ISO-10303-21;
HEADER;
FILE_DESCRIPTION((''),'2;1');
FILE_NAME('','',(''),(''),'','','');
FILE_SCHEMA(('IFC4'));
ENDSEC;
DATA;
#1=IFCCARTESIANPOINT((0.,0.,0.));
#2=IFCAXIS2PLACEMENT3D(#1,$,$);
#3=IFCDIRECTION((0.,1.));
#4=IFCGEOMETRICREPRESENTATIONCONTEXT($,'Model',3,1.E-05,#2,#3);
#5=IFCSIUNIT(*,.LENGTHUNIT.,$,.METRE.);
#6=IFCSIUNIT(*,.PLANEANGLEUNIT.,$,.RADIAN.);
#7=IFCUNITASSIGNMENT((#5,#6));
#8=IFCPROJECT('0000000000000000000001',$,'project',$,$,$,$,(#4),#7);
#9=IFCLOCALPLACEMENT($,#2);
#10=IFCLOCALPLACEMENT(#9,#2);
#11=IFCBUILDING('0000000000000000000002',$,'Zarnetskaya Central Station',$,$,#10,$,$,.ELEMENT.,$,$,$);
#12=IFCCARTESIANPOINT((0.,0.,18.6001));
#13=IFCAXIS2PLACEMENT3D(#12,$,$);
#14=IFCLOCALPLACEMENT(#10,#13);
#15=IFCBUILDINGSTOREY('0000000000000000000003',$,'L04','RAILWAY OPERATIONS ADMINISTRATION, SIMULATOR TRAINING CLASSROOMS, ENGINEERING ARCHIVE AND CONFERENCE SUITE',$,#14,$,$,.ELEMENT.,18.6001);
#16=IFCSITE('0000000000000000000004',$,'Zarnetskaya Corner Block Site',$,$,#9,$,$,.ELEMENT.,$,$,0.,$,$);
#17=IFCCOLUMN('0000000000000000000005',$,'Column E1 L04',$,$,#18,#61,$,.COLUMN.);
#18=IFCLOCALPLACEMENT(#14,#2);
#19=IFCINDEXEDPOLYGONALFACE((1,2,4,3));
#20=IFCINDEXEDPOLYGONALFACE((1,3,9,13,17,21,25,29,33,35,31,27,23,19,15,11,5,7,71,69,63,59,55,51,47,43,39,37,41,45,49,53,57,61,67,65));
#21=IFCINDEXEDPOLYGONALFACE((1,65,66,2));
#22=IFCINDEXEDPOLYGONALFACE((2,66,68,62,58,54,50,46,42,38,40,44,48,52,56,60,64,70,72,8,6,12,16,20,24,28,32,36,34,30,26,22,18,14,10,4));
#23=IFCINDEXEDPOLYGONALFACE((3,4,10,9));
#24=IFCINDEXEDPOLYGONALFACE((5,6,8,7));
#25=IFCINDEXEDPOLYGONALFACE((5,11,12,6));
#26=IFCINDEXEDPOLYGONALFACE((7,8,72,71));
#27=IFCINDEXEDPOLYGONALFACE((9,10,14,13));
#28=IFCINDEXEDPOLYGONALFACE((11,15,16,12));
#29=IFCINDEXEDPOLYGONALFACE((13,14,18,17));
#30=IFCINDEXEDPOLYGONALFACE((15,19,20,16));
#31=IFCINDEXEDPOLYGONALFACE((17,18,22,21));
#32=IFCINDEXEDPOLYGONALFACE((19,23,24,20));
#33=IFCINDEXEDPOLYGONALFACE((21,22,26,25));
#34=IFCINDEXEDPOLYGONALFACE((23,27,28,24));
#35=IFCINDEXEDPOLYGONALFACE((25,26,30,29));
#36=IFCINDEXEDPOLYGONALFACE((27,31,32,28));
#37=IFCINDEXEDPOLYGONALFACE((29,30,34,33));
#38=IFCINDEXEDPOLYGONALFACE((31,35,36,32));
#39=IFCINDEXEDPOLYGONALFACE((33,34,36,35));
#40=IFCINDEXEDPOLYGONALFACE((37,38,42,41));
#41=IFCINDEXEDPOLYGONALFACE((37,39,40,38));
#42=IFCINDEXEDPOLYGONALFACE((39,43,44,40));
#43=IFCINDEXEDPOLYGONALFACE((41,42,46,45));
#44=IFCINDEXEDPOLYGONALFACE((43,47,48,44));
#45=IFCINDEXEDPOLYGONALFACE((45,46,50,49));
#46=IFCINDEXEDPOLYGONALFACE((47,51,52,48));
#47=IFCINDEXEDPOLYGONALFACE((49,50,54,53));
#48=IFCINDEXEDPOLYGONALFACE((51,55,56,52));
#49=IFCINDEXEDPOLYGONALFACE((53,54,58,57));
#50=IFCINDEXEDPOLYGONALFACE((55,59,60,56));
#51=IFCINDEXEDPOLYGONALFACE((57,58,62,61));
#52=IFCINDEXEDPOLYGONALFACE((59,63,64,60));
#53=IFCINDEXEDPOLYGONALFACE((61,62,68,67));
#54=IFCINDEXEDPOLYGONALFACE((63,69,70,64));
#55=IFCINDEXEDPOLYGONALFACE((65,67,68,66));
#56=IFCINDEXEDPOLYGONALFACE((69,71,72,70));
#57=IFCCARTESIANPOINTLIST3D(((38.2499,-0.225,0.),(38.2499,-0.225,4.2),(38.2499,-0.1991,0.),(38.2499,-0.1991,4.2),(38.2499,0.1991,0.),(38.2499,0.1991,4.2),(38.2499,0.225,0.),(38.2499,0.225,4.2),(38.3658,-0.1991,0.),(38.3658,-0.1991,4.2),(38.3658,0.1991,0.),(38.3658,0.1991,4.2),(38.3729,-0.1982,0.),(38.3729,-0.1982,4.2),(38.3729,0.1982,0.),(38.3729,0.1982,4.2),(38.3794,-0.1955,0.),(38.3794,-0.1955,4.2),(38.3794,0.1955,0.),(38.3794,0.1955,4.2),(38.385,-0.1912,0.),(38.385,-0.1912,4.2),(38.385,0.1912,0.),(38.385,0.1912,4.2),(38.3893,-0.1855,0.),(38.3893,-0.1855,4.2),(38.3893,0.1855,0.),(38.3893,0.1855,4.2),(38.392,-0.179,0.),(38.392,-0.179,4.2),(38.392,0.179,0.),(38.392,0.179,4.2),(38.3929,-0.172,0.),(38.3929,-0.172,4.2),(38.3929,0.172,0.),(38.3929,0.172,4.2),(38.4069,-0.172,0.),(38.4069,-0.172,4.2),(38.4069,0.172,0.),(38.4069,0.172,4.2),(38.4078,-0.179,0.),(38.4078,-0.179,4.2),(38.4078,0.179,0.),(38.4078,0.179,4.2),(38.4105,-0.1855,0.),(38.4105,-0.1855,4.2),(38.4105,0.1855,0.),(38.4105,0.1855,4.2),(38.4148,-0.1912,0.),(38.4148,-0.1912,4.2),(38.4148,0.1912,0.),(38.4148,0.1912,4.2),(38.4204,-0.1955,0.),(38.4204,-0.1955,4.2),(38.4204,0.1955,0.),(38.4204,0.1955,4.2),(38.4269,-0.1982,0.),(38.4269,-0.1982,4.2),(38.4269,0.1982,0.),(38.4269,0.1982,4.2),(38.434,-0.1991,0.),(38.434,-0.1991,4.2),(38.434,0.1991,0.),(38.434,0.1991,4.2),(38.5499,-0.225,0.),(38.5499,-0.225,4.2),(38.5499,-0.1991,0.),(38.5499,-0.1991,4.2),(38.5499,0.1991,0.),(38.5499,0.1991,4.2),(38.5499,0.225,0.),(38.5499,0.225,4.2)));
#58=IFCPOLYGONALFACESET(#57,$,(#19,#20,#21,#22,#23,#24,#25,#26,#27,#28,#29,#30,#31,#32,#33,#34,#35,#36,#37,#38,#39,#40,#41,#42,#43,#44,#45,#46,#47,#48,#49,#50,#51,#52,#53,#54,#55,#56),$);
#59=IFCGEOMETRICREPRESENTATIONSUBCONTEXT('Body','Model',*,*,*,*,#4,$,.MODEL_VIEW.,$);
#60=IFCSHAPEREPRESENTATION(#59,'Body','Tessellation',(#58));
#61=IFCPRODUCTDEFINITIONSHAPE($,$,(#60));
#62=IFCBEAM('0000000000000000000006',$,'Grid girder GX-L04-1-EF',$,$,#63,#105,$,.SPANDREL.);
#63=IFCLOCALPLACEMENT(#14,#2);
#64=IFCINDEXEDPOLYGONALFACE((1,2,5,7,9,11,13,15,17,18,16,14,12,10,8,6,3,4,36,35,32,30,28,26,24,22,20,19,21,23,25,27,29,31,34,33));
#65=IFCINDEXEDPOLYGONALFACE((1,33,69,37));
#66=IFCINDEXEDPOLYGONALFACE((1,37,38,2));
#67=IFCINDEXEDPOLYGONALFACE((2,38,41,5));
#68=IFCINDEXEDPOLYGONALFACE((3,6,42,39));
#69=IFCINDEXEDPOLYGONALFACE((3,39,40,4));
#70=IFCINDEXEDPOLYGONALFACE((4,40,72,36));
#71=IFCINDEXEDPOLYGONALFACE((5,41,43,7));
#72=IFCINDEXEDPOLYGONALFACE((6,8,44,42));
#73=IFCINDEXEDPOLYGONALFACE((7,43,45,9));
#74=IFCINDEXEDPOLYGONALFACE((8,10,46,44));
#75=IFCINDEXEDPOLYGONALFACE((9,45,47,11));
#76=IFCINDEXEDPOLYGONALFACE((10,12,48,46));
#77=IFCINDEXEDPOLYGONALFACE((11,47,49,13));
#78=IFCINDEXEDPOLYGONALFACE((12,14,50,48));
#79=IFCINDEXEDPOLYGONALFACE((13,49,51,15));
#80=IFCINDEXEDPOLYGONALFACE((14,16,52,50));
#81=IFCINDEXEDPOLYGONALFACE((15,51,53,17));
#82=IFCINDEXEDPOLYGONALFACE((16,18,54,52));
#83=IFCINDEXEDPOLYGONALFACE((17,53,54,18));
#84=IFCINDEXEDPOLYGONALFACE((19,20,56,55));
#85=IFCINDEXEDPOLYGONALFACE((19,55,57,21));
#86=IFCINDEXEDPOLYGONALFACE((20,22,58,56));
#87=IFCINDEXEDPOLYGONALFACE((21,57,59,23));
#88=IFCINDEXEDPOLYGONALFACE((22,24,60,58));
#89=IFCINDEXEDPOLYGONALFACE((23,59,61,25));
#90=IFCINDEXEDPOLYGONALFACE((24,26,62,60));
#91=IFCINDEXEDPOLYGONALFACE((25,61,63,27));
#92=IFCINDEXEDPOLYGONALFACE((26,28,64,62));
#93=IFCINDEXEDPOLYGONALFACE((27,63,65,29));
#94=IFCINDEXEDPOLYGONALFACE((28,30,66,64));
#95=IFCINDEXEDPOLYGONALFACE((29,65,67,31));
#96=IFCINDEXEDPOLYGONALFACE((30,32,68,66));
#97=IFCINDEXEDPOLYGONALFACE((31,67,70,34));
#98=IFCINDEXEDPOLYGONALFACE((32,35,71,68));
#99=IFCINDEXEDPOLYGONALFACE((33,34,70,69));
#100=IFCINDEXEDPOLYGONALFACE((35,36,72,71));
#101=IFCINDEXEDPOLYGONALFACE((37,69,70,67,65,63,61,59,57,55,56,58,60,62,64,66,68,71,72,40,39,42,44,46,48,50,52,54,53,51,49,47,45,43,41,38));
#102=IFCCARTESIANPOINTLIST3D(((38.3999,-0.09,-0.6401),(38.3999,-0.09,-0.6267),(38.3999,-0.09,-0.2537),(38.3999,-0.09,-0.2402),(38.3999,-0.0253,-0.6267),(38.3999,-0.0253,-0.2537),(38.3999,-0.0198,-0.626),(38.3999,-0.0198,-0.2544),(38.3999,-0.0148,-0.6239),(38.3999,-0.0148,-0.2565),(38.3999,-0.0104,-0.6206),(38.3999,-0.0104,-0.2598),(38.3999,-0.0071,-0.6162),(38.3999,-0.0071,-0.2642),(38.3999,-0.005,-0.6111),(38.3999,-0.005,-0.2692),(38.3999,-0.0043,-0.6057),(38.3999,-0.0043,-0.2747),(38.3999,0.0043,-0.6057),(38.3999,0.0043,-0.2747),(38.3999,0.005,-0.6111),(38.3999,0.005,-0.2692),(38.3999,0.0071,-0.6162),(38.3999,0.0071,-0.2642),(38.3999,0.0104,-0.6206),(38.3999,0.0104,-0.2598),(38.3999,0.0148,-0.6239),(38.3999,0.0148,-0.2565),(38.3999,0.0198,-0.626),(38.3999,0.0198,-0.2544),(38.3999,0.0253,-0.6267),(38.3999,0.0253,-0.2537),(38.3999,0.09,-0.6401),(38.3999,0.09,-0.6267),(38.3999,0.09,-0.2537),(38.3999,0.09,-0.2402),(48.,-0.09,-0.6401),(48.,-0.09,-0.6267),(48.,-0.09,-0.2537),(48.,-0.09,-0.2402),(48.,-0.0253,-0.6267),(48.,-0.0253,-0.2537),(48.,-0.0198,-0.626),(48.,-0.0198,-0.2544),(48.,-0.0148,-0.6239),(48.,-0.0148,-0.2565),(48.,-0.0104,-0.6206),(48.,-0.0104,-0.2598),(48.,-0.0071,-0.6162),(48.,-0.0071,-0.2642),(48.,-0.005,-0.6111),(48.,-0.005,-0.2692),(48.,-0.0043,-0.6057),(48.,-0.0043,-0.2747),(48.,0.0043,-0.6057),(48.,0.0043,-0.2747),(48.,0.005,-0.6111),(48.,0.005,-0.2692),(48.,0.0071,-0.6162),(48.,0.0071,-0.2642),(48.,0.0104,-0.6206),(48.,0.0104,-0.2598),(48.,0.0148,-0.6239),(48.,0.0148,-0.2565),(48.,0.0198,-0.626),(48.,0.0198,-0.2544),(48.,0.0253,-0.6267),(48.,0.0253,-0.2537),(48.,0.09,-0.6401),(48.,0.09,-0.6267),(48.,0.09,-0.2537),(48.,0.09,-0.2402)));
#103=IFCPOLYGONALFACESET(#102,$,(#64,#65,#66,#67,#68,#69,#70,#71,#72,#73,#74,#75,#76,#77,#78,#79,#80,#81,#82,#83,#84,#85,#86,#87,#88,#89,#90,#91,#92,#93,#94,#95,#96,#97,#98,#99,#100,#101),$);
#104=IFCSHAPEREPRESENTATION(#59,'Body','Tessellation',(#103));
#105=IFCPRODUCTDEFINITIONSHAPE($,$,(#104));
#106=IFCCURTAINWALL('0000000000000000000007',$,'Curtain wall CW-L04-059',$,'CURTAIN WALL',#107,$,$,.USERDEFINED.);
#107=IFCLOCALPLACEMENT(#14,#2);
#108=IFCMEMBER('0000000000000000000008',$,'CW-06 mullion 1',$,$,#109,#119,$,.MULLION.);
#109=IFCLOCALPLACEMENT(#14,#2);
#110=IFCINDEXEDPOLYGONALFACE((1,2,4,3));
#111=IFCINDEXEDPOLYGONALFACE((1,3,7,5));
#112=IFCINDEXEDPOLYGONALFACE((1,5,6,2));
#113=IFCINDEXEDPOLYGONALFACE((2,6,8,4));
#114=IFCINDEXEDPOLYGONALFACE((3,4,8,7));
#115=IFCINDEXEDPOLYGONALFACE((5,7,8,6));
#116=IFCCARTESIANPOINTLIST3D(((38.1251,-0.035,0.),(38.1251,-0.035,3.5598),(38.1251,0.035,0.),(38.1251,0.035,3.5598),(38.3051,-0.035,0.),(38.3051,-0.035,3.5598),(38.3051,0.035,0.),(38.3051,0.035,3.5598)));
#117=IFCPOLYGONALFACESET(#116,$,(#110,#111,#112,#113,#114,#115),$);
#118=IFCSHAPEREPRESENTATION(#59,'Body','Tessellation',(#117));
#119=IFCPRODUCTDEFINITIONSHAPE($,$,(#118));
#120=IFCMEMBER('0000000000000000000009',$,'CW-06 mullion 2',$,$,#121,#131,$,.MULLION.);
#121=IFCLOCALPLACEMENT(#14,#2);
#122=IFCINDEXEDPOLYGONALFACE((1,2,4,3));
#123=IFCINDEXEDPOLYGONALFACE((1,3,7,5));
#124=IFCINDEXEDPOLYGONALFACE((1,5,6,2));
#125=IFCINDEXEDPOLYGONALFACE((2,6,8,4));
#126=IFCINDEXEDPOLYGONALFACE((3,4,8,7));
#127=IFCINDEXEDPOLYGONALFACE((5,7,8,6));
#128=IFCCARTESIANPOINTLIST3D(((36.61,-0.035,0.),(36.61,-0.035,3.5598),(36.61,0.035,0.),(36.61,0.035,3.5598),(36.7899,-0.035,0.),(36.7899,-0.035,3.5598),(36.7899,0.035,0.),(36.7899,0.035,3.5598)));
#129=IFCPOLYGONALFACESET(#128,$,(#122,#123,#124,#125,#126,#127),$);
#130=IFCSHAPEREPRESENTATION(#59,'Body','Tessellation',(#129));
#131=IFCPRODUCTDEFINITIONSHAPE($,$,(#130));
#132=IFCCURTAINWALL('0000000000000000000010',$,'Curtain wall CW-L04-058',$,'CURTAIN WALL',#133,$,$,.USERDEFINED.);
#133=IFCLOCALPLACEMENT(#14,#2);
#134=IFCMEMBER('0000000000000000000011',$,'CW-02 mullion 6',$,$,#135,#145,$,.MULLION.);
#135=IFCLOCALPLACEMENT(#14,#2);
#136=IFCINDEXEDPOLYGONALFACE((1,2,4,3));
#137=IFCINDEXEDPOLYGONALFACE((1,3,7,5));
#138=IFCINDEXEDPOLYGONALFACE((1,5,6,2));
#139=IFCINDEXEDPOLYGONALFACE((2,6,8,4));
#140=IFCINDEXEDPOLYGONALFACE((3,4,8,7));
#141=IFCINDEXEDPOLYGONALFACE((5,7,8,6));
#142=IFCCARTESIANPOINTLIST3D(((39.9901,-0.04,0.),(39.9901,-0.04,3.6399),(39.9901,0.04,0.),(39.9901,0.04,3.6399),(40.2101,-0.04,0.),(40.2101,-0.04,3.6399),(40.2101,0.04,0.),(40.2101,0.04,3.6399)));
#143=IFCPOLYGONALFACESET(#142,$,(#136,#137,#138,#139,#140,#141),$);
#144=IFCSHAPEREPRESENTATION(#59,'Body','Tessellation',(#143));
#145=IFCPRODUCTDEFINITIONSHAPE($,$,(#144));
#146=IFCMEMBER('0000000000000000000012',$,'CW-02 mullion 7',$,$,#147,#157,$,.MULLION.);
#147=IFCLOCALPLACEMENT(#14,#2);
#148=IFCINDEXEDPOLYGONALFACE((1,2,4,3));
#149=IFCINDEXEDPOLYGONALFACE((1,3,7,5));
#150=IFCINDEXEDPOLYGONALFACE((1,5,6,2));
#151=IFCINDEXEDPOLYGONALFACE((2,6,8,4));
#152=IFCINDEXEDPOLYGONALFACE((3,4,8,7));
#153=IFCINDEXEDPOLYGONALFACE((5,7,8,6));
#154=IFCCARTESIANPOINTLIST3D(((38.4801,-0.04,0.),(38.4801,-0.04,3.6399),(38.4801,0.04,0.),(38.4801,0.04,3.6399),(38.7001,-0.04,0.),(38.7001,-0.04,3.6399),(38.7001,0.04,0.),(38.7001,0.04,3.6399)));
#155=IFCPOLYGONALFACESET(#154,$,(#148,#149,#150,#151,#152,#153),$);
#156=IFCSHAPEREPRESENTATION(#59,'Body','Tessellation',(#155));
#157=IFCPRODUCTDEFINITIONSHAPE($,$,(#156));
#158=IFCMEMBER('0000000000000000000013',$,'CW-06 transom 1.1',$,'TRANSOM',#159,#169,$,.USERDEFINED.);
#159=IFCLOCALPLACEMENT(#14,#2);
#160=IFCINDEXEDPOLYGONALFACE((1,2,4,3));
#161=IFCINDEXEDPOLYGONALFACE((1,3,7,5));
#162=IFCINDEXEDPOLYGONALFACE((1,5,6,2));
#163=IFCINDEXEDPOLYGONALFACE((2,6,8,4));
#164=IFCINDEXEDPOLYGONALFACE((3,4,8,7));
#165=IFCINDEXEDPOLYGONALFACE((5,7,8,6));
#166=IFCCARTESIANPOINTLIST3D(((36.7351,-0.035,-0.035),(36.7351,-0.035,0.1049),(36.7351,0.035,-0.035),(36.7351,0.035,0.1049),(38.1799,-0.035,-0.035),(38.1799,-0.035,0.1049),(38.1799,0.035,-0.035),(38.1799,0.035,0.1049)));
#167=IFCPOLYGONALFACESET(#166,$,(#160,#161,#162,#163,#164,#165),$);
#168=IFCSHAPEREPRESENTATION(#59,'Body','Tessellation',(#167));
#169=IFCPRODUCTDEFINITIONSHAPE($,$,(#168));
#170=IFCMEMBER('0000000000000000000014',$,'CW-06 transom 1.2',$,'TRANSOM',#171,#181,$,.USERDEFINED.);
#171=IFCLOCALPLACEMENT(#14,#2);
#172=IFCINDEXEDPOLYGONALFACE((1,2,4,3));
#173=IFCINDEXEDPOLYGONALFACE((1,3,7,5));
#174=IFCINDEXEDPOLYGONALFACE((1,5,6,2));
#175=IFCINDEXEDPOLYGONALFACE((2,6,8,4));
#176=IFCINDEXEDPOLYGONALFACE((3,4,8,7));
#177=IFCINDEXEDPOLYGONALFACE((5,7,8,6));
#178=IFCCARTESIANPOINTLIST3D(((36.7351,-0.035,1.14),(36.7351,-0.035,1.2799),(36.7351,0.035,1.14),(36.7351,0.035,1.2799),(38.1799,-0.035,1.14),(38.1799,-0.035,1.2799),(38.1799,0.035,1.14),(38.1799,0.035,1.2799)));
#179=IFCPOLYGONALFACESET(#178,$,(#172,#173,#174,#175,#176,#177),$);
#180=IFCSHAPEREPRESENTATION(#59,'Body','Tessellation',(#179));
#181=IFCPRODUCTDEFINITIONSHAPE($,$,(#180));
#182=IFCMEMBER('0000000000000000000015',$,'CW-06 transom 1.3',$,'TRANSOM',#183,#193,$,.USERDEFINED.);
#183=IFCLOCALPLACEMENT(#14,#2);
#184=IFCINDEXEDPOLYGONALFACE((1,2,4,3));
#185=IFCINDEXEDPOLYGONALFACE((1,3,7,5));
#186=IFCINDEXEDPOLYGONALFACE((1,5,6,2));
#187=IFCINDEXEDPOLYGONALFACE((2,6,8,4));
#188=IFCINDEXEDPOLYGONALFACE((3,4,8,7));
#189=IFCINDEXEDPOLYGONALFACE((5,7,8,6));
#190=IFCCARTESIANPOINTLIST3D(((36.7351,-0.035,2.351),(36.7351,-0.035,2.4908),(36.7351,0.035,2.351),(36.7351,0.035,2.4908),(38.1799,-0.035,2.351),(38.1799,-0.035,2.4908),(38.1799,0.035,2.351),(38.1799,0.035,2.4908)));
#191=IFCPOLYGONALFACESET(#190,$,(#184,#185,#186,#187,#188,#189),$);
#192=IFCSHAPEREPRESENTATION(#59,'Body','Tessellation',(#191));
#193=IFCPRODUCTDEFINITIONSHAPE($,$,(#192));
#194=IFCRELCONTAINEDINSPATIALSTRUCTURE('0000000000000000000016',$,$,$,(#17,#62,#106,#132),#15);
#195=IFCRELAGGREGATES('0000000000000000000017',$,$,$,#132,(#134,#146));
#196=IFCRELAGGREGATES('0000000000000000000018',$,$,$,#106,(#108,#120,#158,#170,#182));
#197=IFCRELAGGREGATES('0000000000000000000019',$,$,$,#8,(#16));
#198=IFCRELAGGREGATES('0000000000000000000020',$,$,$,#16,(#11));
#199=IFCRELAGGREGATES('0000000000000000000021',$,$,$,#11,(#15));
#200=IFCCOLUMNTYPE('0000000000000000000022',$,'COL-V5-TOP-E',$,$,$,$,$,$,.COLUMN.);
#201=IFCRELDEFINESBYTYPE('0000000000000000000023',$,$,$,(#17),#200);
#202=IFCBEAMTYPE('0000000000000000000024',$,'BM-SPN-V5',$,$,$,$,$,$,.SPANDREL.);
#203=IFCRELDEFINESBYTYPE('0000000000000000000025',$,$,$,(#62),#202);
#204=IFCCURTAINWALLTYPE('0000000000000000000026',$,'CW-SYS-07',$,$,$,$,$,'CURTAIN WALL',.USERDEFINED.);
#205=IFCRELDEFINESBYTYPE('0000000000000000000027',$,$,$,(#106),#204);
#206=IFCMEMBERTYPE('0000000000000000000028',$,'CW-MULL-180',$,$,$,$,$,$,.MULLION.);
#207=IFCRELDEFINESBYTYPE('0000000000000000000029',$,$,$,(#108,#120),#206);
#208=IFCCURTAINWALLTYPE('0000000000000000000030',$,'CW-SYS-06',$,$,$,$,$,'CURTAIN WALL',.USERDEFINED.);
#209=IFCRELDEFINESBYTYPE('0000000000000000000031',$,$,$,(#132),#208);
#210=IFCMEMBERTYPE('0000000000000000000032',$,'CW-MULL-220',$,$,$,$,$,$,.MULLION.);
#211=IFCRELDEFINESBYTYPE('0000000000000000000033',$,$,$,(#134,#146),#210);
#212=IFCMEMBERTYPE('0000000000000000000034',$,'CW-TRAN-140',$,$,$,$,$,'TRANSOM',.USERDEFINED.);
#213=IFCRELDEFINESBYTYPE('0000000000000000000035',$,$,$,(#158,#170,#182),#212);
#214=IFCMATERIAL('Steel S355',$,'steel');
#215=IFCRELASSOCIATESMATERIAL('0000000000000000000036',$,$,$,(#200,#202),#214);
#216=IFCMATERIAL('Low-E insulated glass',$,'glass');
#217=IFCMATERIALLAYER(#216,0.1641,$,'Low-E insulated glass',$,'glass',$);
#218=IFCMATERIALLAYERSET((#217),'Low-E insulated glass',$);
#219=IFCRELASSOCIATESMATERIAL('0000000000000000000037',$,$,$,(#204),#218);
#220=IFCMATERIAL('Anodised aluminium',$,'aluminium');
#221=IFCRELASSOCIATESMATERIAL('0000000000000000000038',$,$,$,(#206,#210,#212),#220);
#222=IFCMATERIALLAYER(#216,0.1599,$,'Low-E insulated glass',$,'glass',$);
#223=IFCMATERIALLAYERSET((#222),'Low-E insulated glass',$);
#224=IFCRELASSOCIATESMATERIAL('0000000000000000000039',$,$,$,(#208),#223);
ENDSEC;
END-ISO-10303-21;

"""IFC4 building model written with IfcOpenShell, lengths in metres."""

from ifc_helpers import new_model, si_unit, direction, frame, origin, origin_2d, place, context, subcontext, project, spatial, rectangle, i_section, extrude, material, layer, layer_set, material_profile, profile_set, type_object, element, aggregate, save


model = new_model("IFC4")

# Units and contexts
model_context = context("Model", 3, precision=1e-05, world=origin(), true_north=direction((0.0, 1.0)))
body_context = subcontext(model_context, "Body", "Model", "MODEL_VIEW")
ifc_project = project(units=[si_unit("LENGTHUNIT", "METRE"), si_unit("PLANEANGLEUNIT", "RADIAN")], contexts=[model_context])

# Site, building, storey
site_placement = place(None, origin())
site = spatial("IfcSite", under=ifc_project, at=site_placement, Name="Zarnetskaya Corner Block Site", CompositionType="ELEMENT", RefElevation=0.0)
building_placement = place(site_placement, origin())
building = spatial("IfcBuilding", under=site, at=building_placement, Name="Zarnetskaya Central Station", CompositionType="ELEMENT")
storey_placement = place(building_placement, frame((0.0, 0.0, 18.6001)))
storey = spatial("IfcBuildingStorey", under=building, at=storey_placement, Name="L04", Description="RAILWAY OPERATIONS ADMINISTRATION, SIMULATOR TRAINING CLASSROOMS, ENGINEERING ARCHIVE AND CONFERENCE SUITE", CompositionType="ELEMENT", Elevation=18.6001)

# Column
ifc_material_1 = material(Name="Steel S355", Category="steel")
ifc_material_profile_1 = material_profile(ifc_material_1, i_section(OverallWidth=0.3, OverallDepth=0.45, WebThickness=0.0139, FlangeThickness=0.0259, FilletRadius=0.0271, at=origin_2d()), Name="HEB 450")
ifc_profile_set_1 = profile_set([ifc_material_profile_1], Name="Steel S355")
column_type = type_object("IfcColumnType", Name="COL-V5-TOP-E", PredefinedType="COLUMN", material=ifc_profile_set_1)
column_placement = place(storey_placement, frame((38.3999, 0.0, 0.0), z_axis=(0.0, 0.0, 1.0), x_axis=(1.0, 0.0, 0.0)))
element("IfcColumn", 1, at=column_placement, inside=storey, type_object=column_type, Name="Column E1 L04", PredefinedType="COLUMN", context=body_context, shape_type="SweptSolid", body=[
    extrude(i_section(OverallWidth=0.3, OverallDepth=0.45, WebThickness=0.0139, FlangeThickness=0.0259, FilletRadius=0.0271, at=origin_2d()), origin(), (0.0, 0.0, 1.0), 4.2),
])

# Beam
ifc_material_profile_2 = material_profile(ifc_material_1, i_section(OverallWidth=0.1799, OverallDepth=0.3999, WebThickness=0.0085, FlangeThickness=0.0134, FilletRadius=0.021, at=origin_2d()), Name="IPE 400")
ifc_profile_set_2 = profile_set([ifc_material_profile_2], Name="Steel S355")
beam_type_1 = type_object("IfcBeamType", Name="BM-SPN-V5", PredefinedType="SPANDREL", material=ifc_profile_set_2)
beam_1_placement = place(storey_placement, frame((38.3999, 0.0, -0.4402), z_axis=(1.0, 0.0, 0.0), x_axis=(0.0, 1.0, 0.0)))
element("IfcBeam", 2, at=beam_1_placement, inside=storey, type_object=beam_type_1, Name="Grid girder GX-L04-1-EF", PredefinedType="SPANDREL", context=body_context, shape_type="SweptSolid", body=[
    extrude(i_section(OverallWidth=0.1799, OverallDepth=0.3999, WebThickness=0.0085, FlangeThickness=0.0134, FilletRadius=0.021, at=origin_2d()), origin(), (0.0, 0.0, 1.0), 9.6001),
])

# Curtain walls, members
ifc_material_2 = material(Name="Low-E insulated glass", Category="glass")
ifc_layer_1 = layer(ifc_material_2, 0.1641, Name="Low-E insulated glass", Category="glass")
ifc_layer_set_1 = layer_set([ifc_layer_1], Name="Low-E insulated glass")
curtain_wall_type_1 = type_object("IfcCurtainWallType", Name="CW-SYS-07", ElementType="CURTAIN WALL", PredefinedType="USERDEFINED", material=ifc_layer_set_1)
curtain_wall_1_placement = place(storey_placement, origin())
curtain_wall_1 = element("IfcCurtainWall", 3, at=curtain_wall_1_placement, inside=storey, type_object=curtain_wall_type_1, Name="Curtain wall CW-L04-059", ObjectType="CURTAIN WALL", PredefinedType="USERDEFINED")
ifc_material_3 = material(Name="Anodised aluminium", Category="aluminium")
ifc_material_profile_3 = material_profile(ifc_material_3, rectangle(XDim=0.0701, YDim=0.1799, at=origin_2d()), Name="ALU MULL 70x180")
ifc_profile_set_3 = profile_set([ifc_material_profile_3], Name="Anodised aluminium")
member_type_1 = type_object("IfcMemberType", Name="CW-MULL-180", PredefinedType="MULLION", material=ifc_profile_set_3)
member_1_placement = place(storey_placement, frame((38.2151, 0.0, 0.0), z_axis=(0.0, 0.0, 1.0), x_axis=(0.0, -1.0, 0.0)))
member_1 = element("IfcMember", 4, at=member_1_placement, type_object=member_type_1, Name="CW-06 mullion 1", PredefinedType="MULLION", context=body_context, shape_type="SweptSolid", body=[
    extrude(rectangle(XDim=0.0701, YDim=0.1799, at=origin_2d()), origin(), (0.0, 0.0, 1.0), 3.5598),
])
member_2_placement = place(storey_placement, frame((36.7, 0.0, 0.0), z_axis=(0.0, 0.0, 1.0), x_axis=(0.0, -1.0, 0.0)))
member_2 = element("IfcMember", 5, at=member_2_placement, type_object=member_type_1, Name="CW-06 mullion 2", PredefinedType="MULLION", context=body_context, shape_type="SweptSolid", body=[
    extrude(rectangle(XDim=0.0701, YDim=0.1799, at=origin_2d()), origin(), (0.0, 0.0, 1.0), 3.5598),
])
ifc_layer_2 = layer(ifc_material_2, 0.1599, Name="Low-E insulated glass", Category="glass")
ifc_layer_set_2 = layer_set([ifc_layer_2], Name="Low-E insulated glass")
curtain_wall_type_2 = type_object("IfcCurtainWallType", Name="CW-SYS-06", ElementType="CURTAIN WALL", PredefinedType="USERDEFINED", material=ifc_layer_set_2)
curtain_wall_2_placement = place(storey_placement, origin())
curtain_wall_2 = element("IfcCurtainWall", 6, at=curtain_wall_2_placement, inside=storey, type_object=curtain_wall_type_2, Name="Curtain wall CW-L04-058", ObjectType="CURTAIN WALL", PredefinedType="USERDEFINED")
ifc_material_profile_4 = material_profile(ifc_material_3, rectangle(XDim=0.0801, YDim=0.22, at=origin_2d()), Name="ALU MULL 80x220")
ifc_profile_set_4 = profile_set([ifc_material_profile_4], Name="Anodised aluminium")
member_type_2 = type_object("IfcMemberType", Name="CW-MULL-220", PredefinedType="MULLION", material=ifc_profile_set_4)
member_3_placement = place(storey_placement, frame((40.1001, 0.0, 0.0), z_axis=(0.0, 0.0, 1.0), x_axis=(0.0, -1.0, 0.0)))
member_3 = element("IfcMember", 7, at=member_3_placement, type_object=member_type_2, Name="CW-02 mullion 6", PredefinedType="MULLION", context=body_context, shape_type="SweptSolid", body=[
    extrude(rectangle(XDim=0.0801, YDim=0.22, at=origin_2d()), origin(), (0.0, 0.0, 1.0), 3.6399),
])
member_4_placement = place(storey_placement, frame((38.5901, 0.0, 0.0), z_axis=(0.0, 0.0, 1.0), x_axis=(0.0, -1.0, 0.0)))
member_4 = element("IfcMember", 8, at=member_4_placement, type_object=member_type_2, Name="CW-02 mullion 7", PredefinedType="MULLION", context=body_context, shape_type="SweptSolid", body=[
    extrude(rectangle(XDim=0.0801, YDim=0.22, at=origin_2d()), origin(), (0.0, 0.0, 1.0), 3.6399),
])

# Members
ifc_material_profile_5 = material_profile(ifc_material_3, rectangle(XDim=0.0701, YDim=0.1399, at=origin_2d()), Name="ALU TRAN 70x140")
ifc_profile_set_5 = profile_set([ifc_material_profile_5], Name="Anodised aluminium")
member_type_3 = type_object("IfcMemberType", Name="CW-TRAN-140", ElementType="TRANSOM", PredefinedType="USERDEFINED", material=ifc_profile_set_5)
member_5_placement = place(storey_placement, frame((38.1799, 0.0, 0.0349), z_axis=(-1.0, 0.0, 0.0), x_axis=(0.0, -1.0, 0.0)))
member_5 = element("IfcMember", 9, at=member_5_placement, type_object=member_type_3, Name="CW-06 transom 1.1", ObjectType="TRANSOM", PredefinedType="USERDEFINED", context=body_context, shape_type="SweptSolid", body=[
    extrude(rectangle(XDim=0.0701, YDim=0.1399, at=origin_2d()), origin(), (0.0, 0.0, 1.0), 1.4448),
])
member_6_placement = place(storey_placement, frame((38.1799, 0.0, 1.21), z_axis=(-1.0, 0.0, 0.0), x_axis=(0.0, -1.0, 0.0)))
member_6 = element("IfcMember", 10, at=member_6_placement, type_object=member_type_3, Name="CW-06 transom 1.2", ObjectType="TRANSOM", PredefinedType="USERDEFINED", context=body_context, shape_type="SweptSolid", body=[
    extrude(rectangle(XDim=0.0701, YDim=0.1399, at=origin_2d()), origin(), (0.0, 0.0, 1.0), 1.4448),
])
member_7_placement = place(storey_placement, frame((38.1799, 0.0, 2.4209), z_axis=(-1.0, 0.0, 0.0), x_axis=(0.0, -1.0, 0.0)))
member_7 = element("IfcMember", 11, at=member_7_placement, type_object=member_type_3, Name="CW-06 transom 1.3", ObjectType="TRANSOM", PredefinedType="USERDEFINED", context=body_context, shape_type="SweptSolid", body=[
    extrude(rectangle(XDim=0.0701, YDim=0.1399, at=origin_2d()), origin(), (0.0, 0.0, 1.0), 1.4448),
])

aggregate(curtain_wall_2, [member_3, member_4])
aggregate(curtain_wall_1, [member_1, member_2, member_5, member_6, member_7])

save(model, "model.ifc")
